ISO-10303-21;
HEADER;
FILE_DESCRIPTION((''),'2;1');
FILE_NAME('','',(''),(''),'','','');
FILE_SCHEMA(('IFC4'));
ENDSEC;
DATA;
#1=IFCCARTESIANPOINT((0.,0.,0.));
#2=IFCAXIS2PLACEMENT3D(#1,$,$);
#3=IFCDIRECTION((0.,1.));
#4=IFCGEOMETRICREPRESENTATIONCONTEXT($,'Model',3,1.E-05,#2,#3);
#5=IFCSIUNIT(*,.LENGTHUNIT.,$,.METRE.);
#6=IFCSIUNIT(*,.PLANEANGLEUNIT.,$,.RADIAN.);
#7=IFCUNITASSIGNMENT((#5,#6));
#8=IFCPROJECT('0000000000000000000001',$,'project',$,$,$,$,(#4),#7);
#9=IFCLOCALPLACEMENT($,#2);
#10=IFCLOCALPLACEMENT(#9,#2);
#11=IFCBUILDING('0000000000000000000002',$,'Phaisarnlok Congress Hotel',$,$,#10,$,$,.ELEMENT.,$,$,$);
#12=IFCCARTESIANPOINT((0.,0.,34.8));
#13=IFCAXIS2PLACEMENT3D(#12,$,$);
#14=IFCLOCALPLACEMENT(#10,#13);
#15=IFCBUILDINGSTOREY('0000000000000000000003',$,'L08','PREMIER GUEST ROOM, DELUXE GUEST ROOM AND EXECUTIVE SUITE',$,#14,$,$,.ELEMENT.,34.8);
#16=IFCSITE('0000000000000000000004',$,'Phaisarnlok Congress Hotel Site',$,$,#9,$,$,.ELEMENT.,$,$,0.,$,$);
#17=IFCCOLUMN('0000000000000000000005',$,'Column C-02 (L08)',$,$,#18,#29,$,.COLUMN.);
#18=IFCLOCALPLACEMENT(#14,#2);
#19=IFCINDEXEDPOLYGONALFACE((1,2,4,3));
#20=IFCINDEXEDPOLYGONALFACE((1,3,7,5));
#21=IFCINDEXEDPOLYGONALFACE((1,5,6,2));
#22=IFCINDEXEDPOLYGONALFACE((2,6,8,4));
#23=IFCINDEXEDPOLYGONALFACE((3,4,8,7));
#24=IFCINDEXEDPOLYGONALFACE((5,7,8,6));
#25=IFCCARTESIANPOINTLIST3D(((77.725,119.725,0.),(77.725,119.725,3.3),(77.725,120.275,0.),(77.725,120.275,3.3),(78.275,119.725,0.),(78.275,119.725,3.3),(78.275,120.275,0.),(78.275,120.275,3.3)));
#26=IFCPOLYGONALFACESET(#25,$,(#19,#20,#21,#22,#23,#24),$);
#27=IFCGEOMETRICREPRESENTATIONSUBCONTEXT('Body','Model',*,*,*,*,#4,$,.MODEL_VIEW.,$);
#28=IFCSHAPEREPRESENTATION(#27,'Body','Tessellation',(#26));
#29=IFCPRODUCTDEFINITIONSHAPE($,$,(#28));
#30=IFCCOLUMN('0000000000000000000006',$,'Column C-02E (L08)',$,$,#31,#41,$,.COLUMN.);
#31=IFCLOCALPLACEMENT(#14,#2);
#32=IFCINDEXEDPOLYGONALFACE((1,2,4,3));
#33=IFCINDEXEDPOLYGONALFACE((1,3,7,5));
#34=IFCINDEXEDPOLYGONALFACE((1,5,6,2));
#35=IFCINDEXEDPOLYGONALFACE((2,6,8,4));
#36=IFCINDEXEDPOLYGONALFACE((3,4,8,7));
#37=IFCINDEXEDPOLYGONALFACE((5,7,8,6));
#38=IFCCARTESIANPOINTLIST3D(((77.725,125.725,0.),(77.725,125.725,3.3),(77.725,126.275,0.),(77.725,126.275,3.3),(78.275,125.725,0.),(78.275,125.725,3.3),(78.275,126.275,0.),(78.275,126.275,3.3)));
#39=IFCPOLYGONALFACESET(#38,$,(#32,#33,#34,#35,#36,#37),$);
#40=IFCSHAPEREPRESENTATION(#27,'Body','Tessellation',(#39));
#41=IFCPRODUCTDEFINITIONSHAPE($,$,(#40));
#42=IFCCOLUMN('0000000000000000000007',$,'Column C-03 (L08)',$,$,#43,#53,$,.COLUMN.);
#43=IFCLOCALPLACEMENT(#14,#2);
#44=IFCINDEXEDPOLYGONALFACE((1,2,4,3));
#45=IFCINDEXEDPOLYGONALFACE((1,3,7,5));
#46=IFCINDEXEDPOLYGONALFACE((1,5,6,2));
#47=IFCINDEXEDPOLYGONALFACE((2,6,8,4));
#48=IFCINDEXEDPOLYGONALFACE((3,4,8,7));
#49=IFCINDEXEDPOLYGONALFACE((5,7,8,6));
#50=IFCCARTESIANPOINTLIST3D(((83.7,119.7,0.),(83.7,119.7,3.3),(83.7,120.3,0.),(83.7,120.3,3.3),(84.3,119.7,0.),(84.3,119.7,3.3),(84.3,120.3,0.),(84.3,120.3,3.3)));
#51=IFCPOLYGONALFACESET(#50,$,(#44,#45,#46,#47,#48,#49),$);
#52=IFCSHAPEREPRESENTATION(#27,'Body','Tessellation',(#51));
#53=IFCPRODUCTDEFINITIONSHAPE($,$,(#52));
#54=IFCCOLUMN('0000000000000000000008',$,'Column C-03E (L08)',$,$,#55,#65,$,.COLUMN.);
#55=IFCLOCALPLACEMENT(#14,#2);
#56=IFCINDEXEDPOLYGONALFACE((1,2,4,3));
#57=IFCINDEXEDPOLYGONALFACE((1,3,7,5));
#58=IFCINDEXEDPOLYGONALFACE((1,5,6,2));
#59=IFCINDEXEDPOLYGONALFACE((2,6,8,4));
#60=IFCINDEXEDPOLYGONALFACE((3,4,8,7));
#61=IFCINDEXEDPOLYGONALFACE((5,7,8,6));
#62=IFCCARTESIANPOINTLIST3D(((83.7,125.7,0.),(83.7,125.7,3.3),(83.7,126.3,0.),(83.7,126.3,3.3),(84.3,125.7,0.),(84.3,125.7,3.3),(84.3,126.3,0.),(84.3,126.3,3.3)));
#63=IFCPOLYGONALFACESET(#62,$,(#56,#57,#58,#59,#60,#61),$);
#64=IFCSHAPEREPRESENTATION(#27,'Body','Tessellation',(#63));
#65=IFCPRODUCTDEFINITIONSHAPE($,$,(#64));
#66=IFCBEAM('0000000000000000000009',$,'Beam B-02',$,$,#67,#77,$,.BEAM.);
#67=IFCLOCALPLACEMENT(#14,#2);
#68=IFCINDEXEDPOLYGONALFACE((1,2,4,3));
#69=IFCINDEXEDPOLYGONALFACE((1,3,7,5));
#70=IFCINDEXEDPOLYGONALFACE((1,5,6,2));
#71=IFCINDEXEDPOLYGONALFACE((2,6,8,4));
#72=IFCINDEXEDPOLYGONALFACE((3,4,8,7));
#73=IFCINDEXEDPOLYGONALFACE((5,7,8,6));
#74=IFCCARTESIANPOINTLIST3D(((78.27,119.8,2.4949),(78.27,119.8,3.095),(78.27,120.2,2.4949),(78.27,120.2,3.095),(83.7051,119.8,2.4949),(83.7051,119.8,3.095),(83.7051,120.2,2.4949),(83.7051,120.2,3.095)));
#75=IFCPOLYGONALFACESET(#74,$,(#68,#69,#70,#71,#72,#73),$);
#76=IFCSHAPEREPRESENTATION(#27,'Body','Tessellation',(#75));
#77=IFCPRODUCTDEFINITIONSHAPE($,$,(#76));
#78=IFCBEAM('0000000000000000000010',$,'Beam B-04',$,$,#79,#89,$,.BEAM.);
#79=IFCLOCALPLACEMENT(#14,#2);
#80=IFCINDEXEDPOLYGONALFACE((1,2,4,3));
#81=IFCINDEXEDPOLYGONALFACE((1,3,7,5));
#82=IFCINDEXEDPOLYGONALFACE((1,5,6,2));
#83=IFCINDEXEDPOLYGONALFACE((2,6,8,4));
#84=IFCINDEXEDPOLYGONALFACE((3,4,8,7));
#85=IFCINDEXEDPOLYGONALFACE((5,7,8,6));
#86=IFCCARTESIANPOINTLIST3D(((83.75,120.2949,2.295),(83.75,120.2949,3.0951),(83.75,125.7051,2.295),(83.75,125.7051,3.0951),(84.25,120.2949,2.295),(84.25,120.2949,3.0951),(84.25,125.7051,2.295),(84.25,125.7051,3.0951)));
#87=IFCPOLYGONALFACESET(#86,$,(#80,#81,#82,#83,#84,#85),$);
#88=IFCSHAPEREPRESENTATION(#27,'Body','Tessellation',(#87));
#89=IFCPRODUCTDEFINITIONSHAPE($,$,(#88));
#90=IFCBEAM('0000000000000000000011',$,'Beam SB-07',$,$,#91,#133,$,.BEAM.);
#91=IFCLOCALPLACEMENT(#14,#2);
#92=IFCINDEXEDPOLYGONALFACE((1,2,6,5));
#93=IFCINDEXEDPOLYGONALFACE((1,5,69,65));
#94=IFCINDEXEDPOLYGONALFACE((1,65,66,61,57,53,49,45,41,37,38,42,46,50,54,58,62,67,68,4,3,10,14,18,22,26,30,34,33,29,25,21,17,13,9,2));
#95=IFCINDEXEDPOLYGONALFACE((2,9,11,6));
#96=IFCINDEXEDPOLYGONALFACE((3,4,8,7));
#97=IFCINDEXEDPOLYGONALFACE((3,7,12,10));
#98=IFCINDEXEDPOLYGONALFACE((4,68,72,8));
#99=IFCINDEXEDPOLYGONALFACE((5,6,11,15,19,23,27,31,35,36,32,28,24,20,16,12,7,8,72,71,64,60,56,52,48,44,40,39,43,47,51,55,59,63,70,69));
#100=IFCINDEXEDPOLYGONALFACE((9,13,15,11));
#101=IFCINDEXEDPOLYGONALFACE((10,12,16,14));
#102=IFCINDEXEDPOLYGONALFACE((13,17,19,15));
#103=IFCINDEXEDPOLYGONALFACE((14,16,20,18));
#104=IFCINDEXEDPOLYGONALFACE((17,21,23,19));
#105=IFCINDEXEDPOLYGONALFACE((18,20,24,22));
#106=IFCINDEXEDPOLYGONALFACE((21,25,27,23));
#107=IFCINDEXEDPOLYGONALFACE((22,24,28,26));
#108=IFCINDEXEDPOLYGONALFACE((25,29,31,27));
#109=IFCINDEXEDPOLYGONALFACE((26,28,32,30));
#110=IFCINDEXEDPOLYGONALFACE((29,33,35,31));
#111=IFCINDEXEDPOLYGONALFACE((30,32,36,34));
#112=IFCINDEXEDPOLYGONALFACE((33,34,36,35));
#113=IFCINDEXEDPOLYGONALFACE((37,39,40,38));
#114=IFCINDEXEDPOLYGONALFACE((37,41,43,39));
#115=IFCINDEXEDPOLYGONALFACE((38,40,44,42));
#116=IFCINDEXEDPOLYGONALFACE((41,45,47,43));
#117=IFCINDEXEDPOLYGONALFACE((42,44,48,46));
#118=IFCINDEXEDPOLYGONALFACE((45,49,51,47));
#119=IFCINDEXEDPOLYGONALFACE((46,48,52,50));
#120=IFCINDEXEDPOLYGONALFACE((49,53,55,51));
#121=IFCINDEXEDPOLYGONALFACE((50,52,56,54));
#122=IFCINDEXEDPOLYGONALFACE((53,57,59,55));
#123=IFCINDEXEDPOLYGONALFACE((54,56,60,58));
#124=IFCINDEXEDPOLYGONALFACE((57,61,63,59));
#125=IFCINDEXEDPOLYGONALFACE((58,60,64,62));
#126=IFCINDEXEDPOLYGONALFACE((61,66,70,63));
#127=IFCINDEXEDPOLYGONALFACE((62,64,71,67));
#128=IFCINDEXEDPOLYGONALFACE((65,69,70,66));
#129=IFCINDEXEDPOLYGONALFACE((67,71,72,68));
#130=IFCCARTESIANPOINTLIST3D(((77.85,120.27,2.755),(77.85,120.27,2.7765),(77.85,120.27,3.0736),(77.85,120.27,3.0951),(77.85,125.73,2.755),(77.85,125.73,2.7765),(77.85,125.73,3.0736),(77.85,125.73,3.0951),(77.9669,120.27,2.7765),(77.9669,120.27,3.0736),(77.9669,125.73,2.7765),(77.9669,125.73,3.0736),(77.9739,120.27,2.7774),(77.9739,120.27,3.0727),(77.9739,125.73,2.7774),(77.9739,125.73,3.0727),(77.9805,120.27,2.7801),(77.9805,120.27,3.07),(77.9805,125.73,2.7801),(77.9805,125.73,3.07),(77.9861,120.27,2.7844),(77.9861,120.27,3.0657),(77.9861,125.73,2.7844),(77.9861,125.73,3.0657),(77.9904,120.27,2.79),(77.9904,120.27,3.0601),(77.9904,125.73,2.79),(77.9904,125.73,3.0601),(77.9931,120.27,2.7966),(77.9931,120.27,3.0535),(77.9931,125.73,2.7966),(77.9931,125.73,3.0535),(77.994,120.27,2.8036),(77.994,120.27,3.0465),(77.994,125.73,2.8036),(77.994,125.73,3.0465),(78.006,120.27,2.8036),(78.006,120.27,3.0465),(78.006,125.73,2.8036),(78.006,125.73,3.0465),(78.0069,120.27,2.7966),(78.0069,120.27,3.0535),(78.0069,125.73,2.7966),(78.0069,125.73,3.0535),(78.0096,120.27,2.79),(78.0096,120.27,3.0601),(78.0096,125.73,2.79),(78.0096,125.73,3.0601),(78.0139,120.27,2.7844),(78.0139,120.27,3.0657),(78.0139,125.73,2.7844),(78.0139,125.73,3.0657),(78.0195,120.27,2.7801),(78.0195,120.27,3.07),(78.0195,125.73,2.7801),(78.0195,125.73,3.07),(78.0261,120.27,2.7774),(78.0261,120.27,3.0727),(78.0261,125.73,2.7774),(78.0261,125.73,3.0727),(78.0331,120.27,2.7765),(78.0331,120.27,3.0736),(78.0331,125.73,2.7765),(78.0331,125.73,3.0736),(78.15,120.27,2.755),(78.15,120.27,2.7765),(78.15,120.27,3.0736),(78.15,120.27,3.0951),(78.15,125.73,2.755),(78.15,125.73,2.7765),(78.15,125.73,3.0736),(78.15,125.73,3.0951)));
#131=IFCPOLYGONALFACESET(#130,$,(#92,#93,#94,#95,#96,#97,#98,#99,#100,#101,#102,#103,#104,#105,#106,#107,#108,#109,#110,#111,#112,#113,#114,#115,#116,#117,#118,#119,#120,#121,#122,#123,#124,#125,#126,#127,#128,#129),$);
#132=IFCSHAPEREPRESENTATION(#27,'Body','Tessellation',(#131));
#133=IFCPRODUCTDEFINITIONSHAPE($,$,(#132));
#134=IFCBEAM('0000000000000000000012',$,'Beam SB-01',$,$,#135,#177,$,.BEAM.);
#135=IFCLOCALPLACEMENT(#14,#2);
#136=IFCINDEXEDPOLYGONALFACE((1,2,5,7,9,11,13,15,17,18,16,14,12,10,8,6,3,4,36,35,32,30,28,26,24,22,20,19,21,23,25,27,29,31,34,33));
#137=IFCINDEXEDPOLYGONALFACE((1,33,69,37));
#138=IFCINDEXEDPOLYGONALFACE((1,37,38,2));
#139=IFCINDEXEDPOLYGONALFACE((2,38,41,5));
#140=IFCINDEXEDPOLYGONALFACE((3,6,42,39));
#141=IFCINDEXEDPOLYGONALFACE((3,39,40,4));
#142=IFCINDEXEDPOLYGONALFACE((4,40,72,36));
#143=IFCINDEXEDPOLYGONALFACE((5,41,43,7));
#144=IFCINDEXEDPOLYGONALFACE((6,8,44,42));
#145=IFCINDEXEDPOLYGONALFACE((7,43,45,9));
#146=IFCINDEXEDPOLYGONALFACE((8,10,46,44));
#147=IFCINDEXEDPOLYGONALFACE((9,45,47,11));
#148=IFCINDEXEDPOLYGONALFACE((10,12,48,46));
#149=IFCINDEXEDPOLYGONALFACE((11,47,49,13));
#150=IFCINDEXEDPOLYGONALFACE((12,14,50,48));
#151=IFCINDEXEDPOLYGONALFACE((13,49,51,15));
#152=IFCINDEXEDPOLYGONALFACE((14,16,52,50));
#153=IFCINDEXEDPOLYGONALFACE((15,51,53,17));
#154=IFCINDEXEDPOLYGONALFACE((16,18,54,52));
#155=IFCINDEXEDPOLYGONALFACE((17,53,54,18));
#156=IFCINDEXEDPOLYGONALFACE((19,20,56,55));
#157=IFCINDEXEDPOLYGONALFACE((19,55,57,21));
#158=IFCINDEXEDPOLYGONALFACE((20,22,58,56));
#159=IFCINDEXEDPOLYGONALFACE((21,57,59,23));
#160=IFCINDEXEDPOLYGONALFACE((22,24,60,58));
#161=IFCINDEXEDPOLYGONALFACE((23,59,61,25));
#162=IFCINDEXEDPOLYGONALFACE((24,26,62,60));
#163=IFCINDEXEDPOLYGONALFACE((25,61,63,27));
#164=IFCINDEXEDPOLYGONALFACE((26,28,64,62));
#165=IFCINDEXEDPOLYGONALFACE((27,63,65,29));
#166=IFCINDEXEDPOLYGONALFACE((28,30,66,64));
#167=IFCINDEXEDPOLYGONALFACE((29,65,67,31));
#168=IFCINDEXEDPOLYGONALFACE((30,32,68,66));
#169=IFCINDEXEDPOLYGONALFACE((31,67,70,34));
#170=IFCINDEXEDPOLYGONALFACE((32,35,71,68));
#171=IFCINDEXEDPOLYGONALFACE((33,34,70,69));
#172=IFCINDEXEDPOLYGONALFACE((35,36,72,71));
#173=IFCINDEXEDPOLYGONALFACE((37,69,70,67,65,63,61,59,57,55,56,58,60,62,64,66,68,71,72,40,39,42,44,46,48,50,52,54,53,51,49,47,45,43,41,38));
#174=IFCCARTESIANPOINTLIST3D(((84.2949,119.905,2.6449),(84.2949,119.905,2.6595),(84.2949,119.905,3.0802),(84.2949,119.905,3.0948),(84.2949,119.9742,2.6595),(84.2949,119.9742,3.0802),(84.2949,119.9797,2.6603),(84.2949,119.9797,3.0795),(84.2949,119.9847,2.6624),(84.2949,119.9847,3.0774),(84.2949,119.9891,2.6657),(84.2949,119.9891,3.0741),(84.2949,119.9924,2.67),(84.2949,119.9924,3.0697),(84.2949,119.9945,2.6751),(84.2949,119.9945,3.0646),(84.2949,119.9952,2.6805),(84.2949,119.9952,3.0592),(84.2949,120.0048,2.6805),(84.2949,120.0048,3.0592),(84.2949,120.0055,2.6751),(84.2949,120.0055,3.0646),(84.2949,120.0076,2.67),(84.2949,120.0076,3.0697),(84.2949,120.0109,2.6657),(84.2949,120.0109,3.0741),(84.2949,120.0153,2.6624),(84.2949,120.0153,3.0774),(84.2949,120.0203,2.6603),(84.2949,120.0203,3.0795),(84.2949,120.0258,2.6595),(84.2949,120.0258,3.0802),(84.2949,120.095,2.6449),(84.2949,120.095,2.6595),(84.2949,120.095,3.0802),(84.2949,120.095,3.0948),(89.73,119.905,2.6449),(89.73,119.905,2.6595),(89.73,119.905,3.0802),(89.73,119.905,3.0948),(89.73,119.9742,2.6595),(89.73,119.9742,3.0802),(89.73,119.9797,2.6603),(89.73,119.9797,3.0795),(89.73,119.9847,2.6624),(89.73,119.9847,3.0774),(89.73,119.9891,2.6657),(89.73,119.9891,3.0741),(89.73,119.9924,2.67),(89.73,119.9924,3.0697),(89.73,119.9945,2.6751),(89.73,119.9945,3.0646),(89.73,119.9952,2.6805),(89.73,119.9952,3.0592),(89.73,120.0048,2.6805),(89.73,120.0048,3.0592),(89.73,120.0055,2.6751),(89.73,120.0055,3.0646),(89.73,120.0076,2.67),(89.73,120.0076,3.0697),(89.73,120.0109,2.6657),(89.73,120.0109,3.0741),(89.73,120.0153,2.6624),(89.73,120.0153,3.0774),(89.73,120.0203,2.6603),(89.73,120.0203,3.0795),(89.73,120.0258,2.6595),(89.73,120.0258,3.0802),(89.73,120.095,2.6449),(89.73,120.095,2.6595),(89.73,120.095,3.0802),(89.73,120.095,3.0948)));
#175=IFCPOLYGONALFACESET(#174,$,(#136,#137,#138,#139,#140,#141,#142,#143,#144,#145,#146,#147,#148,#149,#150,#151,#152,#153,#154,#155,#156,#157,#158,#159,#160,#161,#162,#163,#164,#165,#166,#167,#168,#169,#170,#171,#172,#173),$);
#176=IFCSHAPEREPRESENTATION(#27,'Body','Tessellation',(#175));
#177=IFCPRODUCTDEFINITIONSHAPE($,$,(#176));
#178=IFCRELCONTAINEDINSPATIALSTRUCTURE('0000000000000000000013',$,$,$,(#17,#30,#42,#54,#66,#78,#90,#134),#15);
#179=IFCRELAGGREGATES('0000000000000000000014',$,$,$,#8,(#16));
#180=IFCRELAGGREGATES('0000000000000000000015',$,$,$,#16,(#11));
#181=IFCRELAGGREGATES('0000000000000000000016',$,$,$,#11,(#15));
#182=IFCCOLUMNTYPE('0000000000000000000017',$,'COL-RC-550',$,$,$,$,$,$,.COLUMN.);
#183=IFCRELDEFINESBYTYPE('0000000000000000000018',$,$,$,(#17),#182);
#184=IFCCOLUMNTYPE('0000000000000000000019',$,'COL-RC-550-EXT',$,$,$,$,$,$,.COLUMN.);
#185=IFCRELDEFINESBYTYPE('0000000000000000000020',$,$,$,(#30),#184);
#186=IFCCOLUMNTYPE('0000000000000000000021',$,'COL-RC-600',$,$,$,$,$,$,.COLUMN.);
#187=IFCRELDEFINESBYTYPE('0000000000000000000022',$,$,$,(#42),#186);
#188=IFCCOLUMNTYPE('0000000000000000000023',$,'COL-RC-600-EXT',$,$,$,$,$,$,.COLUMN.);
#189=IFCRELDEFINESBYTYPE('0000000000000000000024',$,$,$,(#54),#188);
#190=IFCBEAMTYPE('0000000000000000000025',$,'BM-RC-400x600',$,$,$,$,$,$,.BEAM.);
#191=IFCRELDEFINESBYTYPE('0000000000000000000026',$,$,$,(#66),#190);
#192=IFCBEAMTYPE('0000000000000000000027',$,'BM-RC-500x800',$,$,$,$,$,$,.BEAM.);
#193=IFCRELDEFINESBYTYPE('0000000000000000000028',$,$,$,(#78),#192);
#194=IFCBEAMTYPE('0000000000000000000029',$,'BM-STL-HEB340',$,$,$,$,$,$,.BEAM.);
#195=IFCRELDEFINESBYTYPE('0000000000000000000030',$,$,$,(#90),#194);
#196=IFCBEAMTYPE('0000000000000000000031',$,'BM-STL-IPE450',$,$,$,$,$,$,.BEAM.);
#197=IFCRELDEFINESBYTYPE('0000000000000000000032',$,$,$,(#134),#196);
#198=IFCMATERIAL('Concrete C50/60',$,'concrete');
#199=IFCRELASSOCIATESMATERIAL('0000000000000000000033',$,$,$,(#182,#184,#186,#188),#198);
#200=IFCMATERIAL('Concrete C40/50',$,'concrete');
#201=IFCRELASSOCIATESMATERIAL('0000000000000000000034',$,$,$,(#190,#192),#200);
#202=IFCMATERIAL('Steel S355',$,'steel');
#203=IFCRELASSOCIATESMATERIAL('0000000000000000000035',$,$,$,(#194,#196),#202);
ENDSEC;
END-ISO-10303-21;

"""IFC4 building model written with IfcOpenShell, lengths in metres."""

from ifc_helpers import new_model, si_unit, direction, frame, origin, origin_2d, place, context, subcontext, project, spatial, rectangle, i_section, extrude, material, material_profile, profile_set, type_object, element, save


model = new_model("IFC4")

# Units and contexts
model_context = context("Model", 3, precision=1e-05, world=origin(), true_north=direction((0.0, 1.0)))
body_context = subcontext(model_context, "Body", "Model", "MODEL_VIEW")
ifc_project = project(units=[si_unit("LENGTHUNIT", "METRE"), si_unit("PLANEANGLEUNIT", "RADIAN")], contexts=[model_context])

# Site, building, storey
site_placement = place(None, origin())
site = spatial("IfcSite", under=ifc_project, at=site_placement, Name="Phaisarnlok Congress Hotel Site", CompositionType="ELEMENT", RefElevation=0.0)
building_placement = place(site_placement, origin())
building = spatial("IfcBuilding", under=site, at=building_placement, Name="Phaisarnlok Congress Hotel", CompositionType="ELEMENT")
storey_placement = place(building_placement, frame((0.0, 0.0, 34.8)))
storey = spatial("IfcBuildingStorey", under=building, at=storey_placement, Name="L08", Description="PREMIER GUEST ROOM, DELUXE GUEST ROOM AND EXECUTIVE SUITE", CompositionType="ELEMENT", Elevation=34.8)

# Columns
ifc_material_1 = material(Name="Concrete C50/60", Category="concrete")
ifc_material_profile_1 = material_profile(ifc_material_1, rectangle(XDim=0.55, YDim=0.55, at=origin_2d()), Name="RC 550x550")
ifc_profile_set_1 = profile_set([ifc_material_profile_1], Name="Concrete C50/60")
column_type_1 = type_object("IfcColumnType", Name="COL-RC-550", PredefinedType="COLUMN", material=ifc_profile_set_1)
column_1_placement = place(storey_placement, frame((78.0, 120.0, 0.0), z_axis=(0.0, 0.0, 1.0), x_axis=(1.0, 0.0, 0.0)))
element("IfcColumn", 1, at=column_1_placement, inside=storey, type_object=column_type_1, Name="Column C-02 (L08)", PredefinedType="COLUMN", context=body_context, shape_type="SweptSolid", body=[
    extrude(rectangle(XDim=0.55, YDim=0.55, at=origin_2d()), origin(), (0.0, 0.0, 1.0), 3.3),
])
ifc_material_profile_2 = material_profile(ifc_material_1, rectangle(XDim=0.55, YDim=0.55, at=origin_2d()), Name="RC 550x550")
ifc_profile_set_2 = profile_set([ifc_material_profile_2], Name="Concrete C50/60")
column_type_2 = type_object("IfcColumnType", Name="COL-RC-550-EXT", PredefinedType="COLUMN", material=ifc_profile_set_2)
column_2_placement = place(storey_placement, frame((78.0, 126.0, 0.0), z_axis=(0.0, 0.0, 1.0), x_axis=(1.0, 0.0, 0.0)))
element("IfcColumn", 2, at=column_2_placement, inside=storey, type_object=column_type_2, Name="Column C-02E (L08)", PredefinedType="COLUMN", context=body_context, shape_type="SweptSolid", body=[
    extrude(rectangle(XDim=0.55, YDim=0.55, at=origin_2d()), origin(), (0.0, 0.0, 1.0), 3.3),
])
ifc_material_profile_3 = material_profile(ifc_material_1, rectangle(XDim=0.6001, YDim=0.6001, at=origin_2d()), Name="RC 600x600")
ifc_profile_set_3 = profile_set([ifc_material_profile_3], Name="Concrete C50/60")
column_type_3 = type_object("IfcColumnType", Name="COL-RC-600", PredefinedType="COLUMN", material=ifc_profile_set_3)
column_3_placement = place(storey_placement, frame((84.0, 120.0, 0.0), z_axis=(0.0, 0.0, 1.0), x_axis=(1.0, 0.0, 0.0)))
element("IfcColumn", 3, at=column_3_placement, inside=storey, type_object=column_type_3, Name="Column C-03 (L08)", PredefinedType="COLUMN", context=body_context, shape_type="SweptSolid", body=[
    extrude(rectangle(XDim=0.6001, YDim=0.6001, at=origin_2d()), origin(), (0.0, 0.0, 1.0), 3.3),
])
ifc_material_profile_4 = material_profile(ifc_material_1, rectangle(XDim=0.6001, YDim=0.6001, at=origin_2d()), Name="RC 600x600")
ifc_profile_set_4 = profile_set([ifc_material_profile_4], Name="Concrete C50/60")
column_type_4 = type_object("IfcColumnType", Name="COL-RC-600-EXT", PredefinedType="COLUMN", material=ifc_profile_set_4)
column_4_placement = place(storey_placement, frame((84.0, 126.0, 0.0), z_axis=(0.0, 0.0, 1.0), x_axis=(1.0, 0.0, 0.0)))
element("IfcColumn", 4, at=column_4_placement, inside=storey, type_object=column_type_4, Name="Column C-03E (L08)", PredefinedType="COLUMN", context=body_context, shape_type="SweptSolid", body=[
    extrude(rectangle(XDim=0.6001, YDim=0.6001, at=origin_2d()), origin(), (0.0, 0.0, 1.0), 3.3),
])

# Beams
ifc_material_2 = material(Name="Concrete C40/50", Category="concrete")
ifc_material_profile_5 = material_profile(ifc_material_2, rectangle(XDim=0.3999, YDim=0.6001, at=origin_2d()), Name="RC 400x600")
ifc_profile_set_5 = profile_set([ifc_material_profile_5], Name="Concrete C40/50")
beam_type_1 = type_object("IfcBeamType", Name="BM-RC-400x600", PredefinedType="BEAM", material=ifc_profile_set_5)
beam_1_placement = place(storey_placement, frame((78.27, 120.0, 2.7949), z_axis=(1.0, 0.0, 0.0), x_axis=(0.0, 1.0, 0.0)))
element("IfcBeam", 5, at=beam_1_placement, inside=storey, type_object=beam_type_1, Name="Beam B-02", PredefinedType="BEAM", context=body_context, shape_type="SweptSolid", body=[
    extrude(rectangle(XDim=0.3999, YDim=0.6001, at=origin_2d()), origin(), (0.0, 0.0, 1.0), 5.4351),
])
ifc_material_profile_6 = material_profile(ifc_material_2, rectangle(XDim=0.5, YDim=0.8, at=origin_2d()), Name="RC 500x800")
ifc_profile_set_6 = profile_set([ifc_material_profile_6], Name="Concrete C40/50")
beam_type_2 = type_object("IfcBeamType", Name="BM-RC-500x800", PredefinedType="BEAM", material=ifc_profile_set_6)
beam_2_placement = place(storey_placement, frame((84.0, 120.2949, 2.6951), z_axis=(0.0, 1.0, 0.0), x_axis=(-1.0, 0.0, 0.0)))
element("IfcBeam", 6, at=beam_2_placement, inside=storey, type_object=beam_type_2, Name="Beam B-04", PredefinedType="BEAM", context=body_context, shape_type="SweptSolid", body=[
    extrude(rectangle(XDim=0.5, YDim=0.8, at=origin_2d()), origin(), (0.0, 0.0, 1.0), 5.4102),
])
ifc_material_3 = material(Name="Steel S355", Category="steel")
ifc_material_profile_7 = material_profile(ifc_material_3, i_section(OverallWidth=0.3, OverallDepth=0.3401, WebThickness=0.012, FlangeThickness=0.0215, FilletRadius=0.0271, at=origin_2d()), Name="HEB 340")
ifc_profile_set_7 = profile_set([ifc_material_profile_7], Name="Steel S355")
beam_type_3 = type_object("IfcBeamType", Name="BM-STL-HEB340", PredefinedType="BEAM", material=ifc_profile_set_7)
beam_3_placement = place(storey_placement, frame((78.0, 120.27, 2.925), z_axis=(0.0, 1.0, 0.0), x_axis=(-1.0, 0.0, 0.0)))
element("IfcBeam", 7, at=beam_3_placement, inside=storey, type_object=beam_type_3, Name="Beam SB-07", PredefinedType="BEAM", context=body_context, shape_type="SweptSolid", body=[
    extrude(i_section(OverallWidth=0.3, OverallDepth=0.3401, WebThickness=0.012, FlangeThickness=0.0215, FilletRadius=0.0271, at=origin_2d()), origin(), (0.0, 0.0, 1.0), 5.46),
])
ifc_material_profile_8 = material_profile(ifc_material_3, i_section(OverallWidth=0.1899, OverallDepth=0.45, WebThickness=0.0095, FlangeThickness=0.0146, FilletRadius=0.021, at=origin_2d()), Name="IPE 450")
ifc_profile_set_8 = profile_set([ifc_material_profile_8], Name="Steel S355")
beam_type_4 = type_object("IfcBeamType", Name="BM-STL-IPE450", PredefinedType="BEAM", material=ifc_profile_set_8)
beam_4_placement = place(storey_placement, frame((84.2949, 120.0, 2.8699), z_axis=(1.0, 0.0, 0.0), x_axis=(0.0, 1.0, 0.0)))
element("IfcBeam", 8, at=beam_4_placement, inside=storey, type_object=beam_type_4, Name="Beam SB-01", PredefinedType="BEAM", context=body_context, shape_type="SweptSolid", body=[
    extrude(i_section(OverallWidth=0.1899, OverallDepth=0.45, WebThickness=0.0095, FlangeThickness=0.0146, FilletRadius=0.021, at=origin_2d()), origin(), (0.0, 0.0, 1.0), 5.4351),
])

save(model, "model.ifc")
